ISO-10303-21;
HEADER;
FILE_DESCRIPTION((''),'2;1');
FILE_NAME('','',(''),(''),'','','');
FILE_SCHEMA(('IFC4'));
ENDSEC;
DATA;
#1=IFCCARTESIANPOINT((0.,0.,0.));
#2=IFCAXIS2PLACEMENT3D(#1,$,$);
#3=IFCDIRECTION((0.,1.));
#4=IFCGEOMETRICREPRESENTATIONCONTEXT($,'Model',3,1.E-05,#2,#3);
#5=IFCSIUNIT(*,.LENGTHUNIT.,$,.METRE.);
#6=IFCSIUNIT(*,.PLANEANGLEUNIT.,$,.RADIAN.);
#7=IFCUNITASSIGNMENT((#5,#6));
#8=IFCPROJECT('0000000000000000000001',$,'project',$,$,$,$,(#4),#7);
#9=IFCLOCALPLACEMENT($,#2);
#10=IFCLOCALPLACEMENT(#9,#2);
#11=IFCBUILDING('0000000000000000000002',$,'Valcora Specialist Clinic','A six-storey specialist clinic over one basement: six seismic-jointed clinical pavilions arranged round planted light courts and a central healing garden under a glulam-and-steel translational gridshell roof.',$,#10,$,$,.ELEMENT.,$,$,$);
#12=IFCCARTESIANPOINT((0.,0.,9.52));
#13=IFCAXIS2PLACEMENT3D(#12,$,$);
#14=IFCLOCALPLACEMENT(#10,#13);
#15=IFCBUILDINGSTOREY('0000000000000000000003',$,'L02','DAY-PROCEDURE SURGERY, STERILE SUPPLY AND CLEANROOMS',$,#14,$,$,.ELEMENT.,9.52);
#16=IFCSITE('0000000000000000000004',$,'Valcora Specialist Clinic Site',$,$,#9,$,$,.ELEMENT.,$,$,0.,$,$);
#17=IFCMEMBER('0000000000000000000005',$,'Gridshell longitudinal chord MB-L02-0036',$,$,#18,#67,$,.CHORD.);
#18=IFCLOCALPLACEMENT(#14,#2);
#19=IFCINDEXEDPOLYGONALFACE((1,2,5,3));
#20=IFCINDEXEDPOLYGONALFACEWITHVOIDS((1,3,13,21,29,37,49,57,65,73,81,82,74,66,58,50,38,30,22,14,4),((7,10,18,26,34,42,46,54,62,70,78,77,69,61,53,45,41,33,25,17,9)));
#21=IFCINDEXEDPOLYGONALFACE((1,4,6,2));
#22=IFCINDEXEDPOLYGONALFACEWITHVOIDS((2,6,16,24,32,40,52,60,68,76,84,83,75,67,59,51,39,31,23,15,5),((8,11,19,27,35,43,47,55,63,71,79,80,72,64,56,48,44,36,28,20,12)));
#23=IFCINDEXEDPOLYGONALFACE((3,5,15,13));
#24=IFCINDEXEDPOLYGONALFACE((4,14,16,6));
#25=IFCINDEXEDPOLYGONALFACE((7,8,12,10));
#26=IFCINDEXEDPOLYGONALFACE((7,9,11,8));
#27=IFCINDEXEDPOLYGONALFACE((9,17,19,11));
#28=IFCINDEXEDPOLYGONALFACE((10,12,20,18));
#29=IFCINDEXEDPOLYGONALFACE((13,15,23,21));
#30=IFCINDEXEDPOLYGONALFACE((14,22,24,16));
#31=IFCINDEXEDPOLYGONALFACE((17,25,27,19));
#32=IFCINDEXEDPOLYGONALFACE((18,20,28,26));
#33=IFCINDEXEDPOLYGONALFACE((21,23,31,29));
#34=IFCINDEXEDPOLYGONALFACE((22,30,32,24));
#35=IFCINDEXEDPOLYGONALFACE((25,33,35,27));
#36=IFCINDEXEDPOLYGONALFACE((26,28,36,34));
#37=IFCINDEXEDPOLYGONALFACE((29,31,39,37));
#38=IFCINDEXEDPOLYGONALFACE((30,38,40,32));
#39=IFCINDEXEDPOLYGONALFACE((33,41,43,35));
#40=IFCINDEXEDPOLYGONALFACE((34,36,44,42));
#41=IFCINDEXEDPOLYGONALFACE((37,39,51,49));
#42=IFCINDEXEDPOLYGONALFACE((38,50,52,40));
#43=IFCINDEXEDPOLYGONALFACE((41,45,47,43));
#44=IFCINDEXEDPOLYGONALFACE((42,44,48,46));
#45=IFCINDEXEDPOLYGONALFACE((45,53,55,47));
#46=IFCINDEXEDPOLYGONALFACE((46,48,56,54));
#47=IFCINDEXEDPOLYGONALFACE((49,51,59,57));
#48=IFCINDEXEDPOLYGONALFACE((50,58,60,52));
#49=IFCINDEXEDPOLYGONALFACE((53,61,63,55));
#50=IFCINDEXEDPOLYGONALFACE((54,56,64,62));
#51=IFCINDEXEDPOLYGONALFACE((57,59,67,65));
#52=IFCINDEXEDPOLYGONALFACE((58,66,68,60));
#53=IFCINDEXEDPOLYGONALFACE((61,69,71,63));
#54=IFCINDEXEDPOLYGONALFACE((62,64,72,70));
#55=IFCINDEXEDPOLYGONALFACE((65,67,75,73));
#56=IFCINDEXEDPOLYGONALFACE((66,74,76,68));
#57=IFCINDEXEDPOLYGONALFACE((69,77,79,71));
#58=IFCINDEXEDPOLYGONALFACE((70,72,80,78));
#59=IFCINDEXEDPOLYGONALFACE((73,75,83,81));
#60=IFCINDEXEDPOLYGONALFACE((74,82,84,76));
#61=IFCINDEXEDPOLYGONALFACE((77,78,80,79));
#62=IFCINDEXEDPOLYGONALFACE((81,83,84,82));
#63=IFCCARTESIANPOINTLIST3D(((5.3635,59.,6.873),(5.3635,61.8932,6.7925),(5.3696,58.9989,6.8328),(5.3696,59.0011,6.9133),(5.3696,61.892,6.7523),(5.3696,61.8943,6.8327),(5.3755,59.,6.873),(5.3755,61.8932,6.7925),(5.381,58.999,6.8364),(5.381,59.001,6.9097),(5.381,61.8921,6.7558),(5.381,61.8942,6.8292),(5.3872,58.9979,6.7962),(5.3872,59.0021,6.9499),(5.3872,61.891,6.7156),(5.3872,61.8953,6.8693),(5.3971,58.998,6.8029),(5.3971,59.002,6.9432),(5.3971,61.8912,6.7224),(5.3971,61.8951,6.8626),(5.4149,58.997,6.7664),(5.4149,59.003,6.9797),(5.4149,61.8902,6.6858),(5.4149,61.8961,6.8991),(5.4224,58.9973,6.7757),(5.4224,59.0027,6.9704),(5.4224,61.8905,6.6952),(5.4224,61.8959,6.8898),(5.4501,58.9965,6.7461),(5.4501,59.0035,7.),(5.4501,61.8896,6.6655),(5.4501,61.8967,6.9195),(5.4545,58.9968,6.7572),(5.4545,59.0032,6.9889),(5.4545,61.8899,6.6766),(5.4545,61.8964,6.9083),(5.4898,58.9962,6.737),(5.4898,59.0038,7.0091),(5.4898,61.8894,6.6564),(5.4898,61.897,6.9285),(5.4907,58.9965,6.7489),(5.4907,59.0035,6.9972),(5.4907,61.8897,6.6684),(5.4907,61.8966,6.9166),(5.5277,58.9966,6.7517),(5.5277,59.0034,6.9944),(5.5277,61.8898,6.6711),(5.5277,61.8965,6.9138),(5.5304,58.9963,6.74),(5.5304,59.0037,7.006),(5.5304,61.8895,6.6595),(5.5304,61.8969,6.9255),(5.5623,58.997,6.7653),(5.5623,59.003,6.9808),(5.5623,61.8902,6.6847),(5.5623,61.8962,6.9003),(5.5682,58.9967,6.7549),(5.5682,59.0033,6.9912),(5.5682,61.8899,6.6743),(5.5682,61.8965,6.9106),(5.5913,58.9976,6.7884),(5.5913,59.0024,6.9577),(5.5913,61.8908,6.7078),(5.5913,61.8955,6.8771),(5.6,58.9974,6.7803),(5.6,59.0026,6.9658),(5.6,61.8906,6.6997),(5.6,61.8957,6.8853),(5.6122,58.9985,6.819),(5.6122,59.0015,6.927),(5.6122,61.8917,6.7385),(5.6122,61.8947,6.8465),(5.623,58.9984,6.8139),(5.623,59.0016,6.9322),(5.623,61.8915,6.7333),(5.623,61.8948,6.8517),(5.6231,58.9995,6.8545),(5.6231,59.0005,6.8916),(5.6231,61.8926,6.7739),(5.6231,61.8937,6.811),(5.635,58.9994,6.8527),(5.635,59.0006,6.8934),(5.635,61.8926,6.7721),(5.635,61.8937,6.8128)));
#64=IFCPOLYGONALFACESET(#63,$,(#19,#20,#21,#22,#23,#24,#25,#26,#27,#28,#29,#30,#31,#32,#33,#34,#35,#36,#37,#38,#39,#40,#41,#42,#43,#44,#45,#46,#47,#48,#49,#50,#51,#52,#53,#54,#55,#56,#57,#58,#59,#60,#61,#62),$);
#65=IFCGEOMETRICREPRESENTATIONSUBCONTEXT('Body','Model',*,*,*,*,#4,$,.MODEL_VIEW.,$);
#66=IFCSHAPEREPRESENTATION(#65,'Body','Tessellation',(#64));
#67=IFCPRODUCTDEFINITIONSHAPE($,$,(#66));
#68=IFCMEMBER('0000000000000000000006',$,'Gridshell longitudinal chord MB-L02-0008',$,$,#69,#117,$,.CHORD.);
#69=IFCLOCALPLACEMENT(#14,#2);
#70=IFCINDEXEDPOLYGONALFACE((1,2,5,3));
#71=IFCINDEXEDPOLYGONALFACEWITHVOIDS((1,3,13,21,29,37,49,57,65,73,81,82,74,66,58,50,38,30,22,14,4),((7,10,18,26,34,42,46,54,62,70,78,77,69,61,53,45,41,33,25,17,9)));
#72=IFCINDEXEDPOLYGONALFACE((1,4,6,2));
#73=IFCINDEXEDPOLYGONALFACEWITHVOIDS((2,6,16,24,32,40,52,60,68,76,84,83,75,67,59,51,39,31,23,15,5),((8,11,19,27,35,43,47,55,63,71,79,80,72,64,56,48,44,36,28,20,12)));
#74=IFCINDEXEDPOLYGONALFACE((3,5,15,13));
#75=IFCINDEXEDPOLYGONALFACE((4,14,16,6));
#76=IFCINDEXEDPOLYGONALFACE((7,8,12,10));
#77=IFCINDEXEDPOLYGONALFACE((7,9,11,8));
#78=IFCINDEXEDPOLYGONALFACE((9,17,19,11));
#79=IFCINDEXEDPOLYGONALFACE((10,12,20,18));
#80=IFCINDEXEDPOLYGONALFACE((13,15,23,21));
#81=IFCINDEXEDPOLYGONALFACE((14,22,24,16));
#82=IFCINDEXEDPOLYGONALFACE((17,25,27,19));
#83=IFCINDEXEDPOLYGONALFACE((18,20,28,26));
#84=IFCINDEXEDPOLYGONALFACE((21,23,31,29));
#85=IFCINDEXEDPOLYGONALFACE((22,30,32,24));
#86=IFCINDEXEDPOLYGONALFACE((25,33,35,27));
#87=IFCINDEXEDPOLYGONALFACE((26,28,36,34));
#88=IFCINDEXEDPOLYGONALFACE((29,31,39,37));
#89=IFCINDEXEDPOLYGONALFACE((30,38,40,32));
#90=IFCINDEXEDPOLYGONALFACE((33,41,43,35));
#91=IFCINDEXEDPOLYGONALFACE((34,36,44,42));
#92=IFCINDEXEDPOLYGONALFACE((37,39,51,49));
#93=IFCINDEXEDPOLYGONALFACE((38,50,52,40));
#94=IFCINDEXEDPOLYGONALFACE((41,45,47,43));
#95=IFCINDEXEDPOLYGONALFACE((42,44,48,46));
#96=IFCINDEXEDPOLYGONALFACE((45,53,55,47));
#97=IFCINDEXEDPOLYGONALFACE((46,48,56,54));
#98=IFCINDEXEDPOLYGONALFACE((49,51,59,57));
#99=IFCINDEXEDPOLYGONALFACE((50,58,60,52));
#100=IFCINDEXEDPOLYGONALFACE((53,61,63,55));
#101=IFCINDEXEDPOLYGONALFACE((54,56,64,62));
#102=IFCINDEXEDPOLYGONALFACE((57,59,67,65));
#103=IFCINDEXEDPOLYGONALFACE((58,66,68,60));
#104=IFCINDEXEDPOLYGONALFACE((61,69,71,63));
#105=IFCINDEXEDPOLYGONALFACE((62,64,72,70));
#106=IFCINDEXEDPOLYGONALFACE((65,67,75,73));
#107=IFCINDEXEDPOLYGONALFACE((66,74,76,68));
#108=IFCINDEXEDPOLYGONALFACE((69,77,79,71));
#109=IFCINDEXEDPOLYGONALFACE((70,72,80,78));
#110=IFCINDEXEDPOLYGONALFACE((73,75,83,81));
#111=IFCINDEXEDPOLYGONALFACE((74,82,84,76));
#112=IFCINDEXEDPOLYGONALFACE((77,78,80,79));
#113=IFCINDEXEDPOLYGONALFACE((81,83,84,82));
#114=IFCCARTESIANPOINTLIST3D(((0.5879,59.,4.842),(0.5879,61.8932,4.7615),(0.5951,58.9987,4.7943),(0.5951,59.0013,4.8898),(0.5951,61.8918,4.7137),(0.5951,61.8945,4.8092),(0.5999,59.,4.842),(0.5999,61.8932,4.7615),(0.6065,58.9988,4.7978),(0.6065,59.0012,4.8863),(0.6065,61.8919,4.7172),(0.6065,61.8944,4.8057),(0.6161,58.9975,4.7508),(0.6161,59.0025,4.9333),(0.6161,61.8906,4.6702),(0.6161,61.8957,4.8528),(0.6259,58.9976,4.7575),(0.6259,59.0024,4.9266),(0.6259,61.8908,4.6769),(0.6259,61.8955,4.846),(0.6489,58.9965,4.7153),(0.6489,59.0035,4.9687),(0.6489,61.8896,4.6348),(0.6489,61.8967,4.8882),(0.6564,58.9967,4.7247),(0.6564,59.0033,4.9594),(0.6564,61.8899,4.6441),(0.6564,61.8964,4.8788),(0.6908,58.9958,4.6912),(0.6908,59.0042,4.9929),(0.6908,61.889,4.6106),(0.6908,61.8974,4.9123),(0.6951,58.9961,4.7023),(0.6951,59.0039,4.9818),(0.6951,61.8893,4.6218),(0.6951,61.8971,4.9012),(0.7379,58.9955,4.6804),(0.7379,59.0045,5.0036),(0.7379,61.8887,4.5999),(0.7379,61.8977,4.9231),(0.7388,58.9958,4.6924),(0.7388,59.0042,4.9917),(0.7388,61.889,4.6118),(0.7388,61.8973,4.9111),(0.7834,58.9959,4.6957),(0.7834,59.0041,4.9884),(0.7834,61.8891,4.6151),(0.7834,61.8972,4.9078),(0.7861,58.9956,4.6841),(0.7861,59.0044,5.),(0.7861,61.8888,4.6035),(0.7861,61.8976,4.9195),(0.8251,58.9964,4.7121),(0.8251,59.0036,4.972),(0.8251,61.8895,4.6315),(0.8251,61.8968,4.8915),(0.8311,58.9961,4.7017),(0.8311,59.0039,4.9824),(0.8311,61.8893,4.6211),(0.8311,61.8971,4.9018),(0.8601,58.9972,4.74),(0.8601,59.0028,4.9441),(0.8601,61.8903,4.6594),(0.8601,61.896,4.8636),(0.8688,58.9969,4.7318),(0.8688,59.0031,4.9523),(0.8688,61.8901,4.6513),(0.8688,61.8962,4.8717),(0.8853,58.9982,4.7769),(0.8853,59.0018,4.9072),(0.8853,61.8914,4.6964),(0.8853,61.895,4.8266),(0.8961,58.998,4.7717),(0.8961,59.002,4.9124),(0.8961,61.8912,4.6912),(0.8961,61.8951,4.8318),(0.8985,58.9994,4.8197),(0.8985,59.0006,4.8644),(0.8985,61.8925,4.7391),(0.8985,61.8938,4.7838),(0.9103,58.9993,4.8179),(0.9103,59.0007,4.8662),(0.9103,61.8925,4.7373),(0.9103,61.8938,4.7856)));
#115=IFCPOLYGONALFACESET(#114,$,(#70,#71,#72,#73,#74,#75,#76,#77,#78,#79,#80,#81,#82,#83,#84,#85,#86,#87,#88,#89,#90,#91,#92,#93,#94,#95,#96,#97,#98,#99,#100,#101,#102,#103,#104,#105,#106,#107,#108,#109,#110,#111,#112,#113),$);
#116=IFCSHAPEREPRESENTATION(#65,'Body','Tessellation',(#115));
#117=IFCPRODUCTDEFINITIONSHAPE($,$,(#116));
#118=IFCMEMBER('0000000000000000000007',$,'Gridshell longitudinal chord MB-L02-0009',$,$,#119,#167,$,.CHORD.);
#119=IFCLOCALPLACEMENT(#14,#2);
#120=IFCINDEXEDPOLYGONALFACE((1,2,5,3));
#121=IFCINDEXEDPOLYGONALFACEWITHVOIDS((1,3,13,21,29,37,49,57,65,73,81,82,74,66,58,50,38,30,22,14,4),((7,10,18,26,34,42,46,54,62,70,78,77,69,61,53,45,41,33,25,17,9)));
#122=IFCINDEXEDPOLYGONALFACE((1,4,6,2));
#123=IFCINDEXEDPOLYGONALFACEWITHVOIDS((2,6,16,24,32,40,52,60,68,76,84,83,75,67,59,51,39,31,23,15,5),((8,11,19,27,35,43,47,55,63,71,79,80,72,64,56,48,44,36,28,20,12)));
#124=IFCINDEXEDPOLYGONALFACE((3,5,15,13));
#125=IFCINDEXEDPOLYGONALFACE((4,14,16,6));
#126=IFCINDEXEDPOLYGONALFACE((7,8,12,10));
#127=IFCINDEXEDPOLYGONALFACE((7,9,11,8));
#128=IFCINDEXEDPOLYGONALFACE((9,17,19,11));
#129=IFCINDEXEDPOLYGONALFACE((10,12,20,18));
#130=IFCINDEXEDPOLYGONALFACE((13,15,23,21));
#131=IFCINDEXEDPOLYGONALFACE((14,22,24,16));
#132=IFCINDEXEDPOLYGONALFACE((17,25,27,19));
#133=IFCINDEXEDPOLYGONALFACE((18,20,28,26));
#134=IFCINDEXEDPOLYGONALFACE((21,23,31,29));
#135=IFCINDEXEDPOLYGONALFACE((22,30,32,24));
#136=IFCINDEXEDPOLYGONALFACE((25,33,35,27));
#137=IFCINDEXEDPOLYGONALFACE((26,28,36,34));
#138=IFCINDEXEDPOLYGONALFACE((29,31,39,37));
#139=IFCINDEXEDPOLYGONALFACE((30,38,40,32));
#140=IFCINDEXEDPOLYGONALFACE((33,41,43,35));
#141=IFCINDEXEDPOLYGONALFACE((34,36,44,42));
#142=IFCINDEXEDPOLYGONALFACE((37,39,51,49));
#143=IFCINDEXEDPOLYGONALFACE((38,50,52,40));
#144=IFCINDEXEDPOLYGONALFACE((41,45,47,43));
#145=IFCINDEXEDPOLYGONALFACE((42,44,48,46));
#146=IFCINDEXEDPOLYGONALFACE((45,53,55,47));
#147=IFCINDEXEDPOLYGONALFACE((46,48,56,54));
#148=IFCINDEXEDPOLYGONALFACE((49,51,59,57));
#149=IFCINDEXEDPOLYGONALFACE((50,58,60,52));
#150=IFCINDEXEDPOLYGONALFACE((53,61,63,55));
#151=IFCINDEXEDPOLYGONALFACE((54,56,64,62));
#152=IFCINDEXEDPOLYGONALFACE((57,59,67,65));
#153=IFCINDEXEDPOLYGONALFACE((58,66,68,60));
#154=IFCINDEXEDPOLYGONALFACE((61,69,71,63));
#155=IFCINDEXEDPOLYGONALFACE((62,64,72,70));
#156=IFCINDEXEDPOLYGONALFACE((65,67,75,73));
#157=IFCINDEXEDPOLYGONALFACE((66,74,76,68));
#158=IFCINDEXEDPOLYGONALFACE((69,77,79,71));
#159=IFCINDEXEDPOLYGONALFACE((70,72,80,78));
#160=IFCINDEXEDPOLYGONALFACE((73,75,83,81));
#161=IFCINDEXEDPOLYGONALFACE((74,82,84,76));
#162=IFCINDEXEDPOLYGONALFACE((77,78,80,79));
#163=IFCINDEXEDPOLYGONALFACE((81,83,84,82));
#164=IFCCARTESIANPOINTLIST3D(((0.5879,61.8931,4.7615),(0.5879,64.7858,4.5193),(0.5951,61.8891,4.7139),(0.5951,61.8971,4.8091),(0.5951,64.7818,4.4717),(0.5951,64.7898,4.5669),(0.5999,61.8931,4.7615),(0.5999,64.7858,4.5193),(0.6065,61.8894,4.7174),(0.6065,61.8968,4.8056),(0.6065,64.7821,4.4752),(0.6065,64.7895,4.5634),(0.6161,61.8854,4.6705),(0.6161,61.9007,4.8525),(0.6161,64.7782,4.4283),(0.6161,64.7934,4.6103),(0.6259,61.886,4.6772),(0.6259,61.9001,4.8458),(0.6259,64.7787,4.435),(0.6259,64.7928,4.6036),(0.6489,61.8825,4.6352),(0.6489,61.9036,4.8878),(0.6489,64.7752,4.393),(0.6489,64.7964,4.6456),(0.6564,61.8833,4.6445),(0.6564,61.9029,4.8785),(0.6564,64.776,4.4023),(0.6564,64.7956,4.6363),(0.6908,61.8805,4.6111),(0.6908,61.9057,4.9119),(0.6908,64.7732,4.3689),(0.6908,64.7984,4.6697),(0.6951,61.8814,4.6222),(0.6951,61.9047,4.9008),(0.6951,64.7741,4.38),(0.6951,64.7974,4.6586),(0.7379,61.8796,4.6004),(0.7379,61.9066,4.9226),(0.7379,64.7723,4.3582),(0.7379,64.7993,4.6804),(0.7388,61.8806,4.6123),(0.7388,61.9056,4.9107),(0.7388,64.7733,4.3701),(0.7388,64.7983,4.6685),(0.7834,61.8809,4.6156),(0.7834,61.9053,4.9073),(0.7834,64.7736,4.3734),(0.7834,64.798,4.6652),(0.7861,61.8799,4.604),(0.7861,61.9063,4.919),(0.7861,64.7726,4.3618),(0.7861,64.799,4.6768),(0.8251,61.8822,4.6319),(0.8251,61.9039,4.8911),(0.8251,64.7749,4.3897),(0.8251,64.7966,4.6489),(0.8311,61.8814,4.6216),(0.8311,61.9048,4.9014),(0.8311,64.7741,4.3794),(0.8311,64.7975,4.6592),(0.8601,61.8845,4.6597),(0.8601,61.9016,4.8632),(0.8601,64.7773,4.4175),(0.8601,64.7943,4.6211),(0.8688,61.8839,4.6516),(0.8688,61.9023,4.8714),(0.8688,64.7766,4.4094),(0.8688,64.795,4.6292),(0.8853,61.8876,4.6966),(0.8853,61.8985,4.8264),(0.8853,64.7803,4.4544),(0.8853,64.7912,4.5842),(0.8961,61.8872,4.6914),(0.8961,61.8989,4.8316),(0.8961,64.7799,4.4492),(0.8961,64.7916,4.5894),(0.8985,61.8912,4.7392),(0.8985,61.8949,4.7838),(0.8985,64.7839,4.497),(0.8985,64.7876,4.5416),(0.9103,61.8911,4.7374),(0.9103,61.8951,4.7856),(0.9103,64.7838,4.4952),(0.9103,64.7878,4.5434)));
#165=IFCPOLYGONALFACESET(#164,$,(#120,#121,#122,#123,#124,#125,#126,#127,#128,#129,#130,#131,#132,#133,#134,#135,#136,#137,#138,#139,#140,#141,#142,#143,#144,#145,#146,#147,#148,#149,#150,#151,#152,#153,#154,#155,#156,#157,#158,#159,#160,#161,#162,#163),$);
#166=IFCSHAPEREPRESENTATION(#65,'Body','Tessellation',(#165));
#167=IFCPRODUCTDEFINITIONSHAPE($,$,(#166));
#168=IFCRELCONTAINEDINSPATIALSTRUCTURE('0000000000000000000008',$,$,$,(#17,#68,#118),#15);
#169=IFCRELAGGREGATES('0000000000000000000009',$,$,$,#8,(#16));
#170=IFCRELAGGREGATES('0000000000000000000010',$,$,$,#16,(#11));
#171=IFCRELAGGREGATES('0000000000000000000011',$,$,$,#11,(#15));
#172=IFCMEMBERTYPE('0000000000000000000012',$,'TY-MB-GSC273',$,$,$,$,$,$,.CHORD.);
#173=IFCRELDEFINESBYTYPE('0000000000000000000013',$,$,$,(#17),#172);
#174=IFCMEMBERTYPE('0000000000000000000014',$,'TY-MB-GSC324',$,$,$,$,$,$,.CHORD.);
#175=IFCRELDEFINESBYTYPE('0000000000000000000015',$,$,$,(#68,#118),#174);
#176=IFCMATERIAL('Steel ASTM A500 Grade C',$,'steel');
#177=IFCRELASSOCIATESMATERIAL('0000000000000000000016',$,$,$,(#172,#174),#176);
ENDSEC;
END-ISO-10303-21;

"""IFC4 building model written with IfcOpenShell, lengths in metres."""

from ifc_helpers import new_model, si_unit, direction, frame, origin, origin_2d, place, context, subcontext, project, spatial, hollow_circle, extrude, material, material_profile, profile_set, type_object, element, save


model = new_model("IFC4")

# Units and contexts
model_context = context("Model", 3, precision=1e-05, world=origin(), true_north=direction((0.0, 1.0)))
body_context = subcontext(model_context, "Body", "Model", "MODEL_VIEW")
ifc_project = project(units=[si_unit("LENGTHUNIT", "METRE"), si_unit("PLANEANGLEUNIT", "RADIAN")], contexts=[model_context])

# Site, building, storey
site_placement = place(None, origin())
site = spatial("IfcSite", under=ifc_project, at=site_placement, Name="Valcora Specialist Clinic Site", CompositionType="ELEMENT", RefElevation=0.0)
building_placement = place(site_placement, origin())
building = spatial("IfcBuilding", under=site, at=building_placement, Name="Valcora Specialist Clinic", Description="A six-storey specialist clinic over one basement: six seismic-jointed clinical pavilions arranged round planted light courts and a central healing garden under a glulam-and-steel translational gridshell roof.", CompositionType="ELEMENT")
storey_placement = place(building_placement, frame((0.0, 0.0, 9.52)))
storey = spatial("IfcBuildingStorey", under=building, at=storey_placement, Name="L02", Description="DAY-PROCEDURE SURGERY, STERILE SUPPLY AND CLEANROOMS", CompositionType="ELEMENT", Elevation=9.52)

# Members
ifc_material_1 = material(Name="Steel ASTM A500 Grade C", Category="steel")
ifc_material_profile_1 = material_profile(ifc_material_1, hollow_circle(Radius=0.1365, WallThickness=0.012, at=origin_2d()), Name="ST-CHS-273X12")
ifc_profile_set_1 = profile_set([ifc_material_profile_1], Name="Steel ASTM A500 Grade C")
member_type_1 = type_object("IfcMemberType", Name="TY-MB-GSC273", PredefinedType="CHORD", material=ifc_profile_set_1)
member_1_placement = place(storey_placement, frame((5.5, 59.0, 6.873), z_axis=(0.0, 0.999612, -0.027837), x_axis=(-1.0, 0.0, 0.0)))
element("IfcMember", 1, at=member_1_placement, inside=storey, type_object=member_type_1, Name="Gridshell longitudinal chord MB-L02-0036", PredefinedType="CHORD", context=body_context, shape_type="SweptSolid", body=[
    extrude(hollow_circle(Radius=0.1365, WallThickness=0.012, at=origin_2d()), origin(), (0.0, 0.0, 1.0), 2.8943),
])
ifc_material_profile_2 = material_profile(ifc_material_1, hollow_circle(Radius=0.1621, WallThickness=0.012, at=origin_2d()), Name="ST-CHS-324X12")
ifc_profile_set_2 = profile_set([ifc_material_profile_2], Name="Steel ASTM A500 Grade C")
member_type_2 = type_object("IfcMemberType", Name="TY-MB-GSC324", PredefinedType="CHORD", material=ifc_profile_set_2)
member_2_placement = place(storey_placement, frame((0.75, 59.0, 4.842), z_axis=(0.0, 0.999612, -0.027837), x_axis=(-1.0, 0.0, 0.0)))
element("IfcMember", 2, at=member_2_placement, inside=storey, type_object=member_type_2, Name="Gridshell longitudinal chord MB-L02-0008", PredefinedType="CHORD", context=body_context, shape_type="SweptSolid", body=[
    extrude(hollow_circle(Radius=0.1621, WallThickness=0.012, at=origin_2d()), origin(), (0.0, 0.0, 1.0), 2.8943),
])
member_3_placement = place(storey_placement, frame((0.75, 61.8931, 4.7615), z_axis=(0.0, 0.996514, -0.083428), x_axis=(-1.0, 0.0, 0.0)))
element("IfcMember", 3, at=member_3_placement, inside=storey, type_object=member_type_2, Name="Gridshell longitudinal chord MB-L02-0009", PredefinedType="CHORD", context=body_context, shape_type="SweptSolid", body=[
    extrude(hollow_circle(Radius=0.1621, WallThickness=0.012, at=origin_2d()), origin(), (0.0, 0.0, 1.0), 2.9028),
])

save(model, "model.ifc")
